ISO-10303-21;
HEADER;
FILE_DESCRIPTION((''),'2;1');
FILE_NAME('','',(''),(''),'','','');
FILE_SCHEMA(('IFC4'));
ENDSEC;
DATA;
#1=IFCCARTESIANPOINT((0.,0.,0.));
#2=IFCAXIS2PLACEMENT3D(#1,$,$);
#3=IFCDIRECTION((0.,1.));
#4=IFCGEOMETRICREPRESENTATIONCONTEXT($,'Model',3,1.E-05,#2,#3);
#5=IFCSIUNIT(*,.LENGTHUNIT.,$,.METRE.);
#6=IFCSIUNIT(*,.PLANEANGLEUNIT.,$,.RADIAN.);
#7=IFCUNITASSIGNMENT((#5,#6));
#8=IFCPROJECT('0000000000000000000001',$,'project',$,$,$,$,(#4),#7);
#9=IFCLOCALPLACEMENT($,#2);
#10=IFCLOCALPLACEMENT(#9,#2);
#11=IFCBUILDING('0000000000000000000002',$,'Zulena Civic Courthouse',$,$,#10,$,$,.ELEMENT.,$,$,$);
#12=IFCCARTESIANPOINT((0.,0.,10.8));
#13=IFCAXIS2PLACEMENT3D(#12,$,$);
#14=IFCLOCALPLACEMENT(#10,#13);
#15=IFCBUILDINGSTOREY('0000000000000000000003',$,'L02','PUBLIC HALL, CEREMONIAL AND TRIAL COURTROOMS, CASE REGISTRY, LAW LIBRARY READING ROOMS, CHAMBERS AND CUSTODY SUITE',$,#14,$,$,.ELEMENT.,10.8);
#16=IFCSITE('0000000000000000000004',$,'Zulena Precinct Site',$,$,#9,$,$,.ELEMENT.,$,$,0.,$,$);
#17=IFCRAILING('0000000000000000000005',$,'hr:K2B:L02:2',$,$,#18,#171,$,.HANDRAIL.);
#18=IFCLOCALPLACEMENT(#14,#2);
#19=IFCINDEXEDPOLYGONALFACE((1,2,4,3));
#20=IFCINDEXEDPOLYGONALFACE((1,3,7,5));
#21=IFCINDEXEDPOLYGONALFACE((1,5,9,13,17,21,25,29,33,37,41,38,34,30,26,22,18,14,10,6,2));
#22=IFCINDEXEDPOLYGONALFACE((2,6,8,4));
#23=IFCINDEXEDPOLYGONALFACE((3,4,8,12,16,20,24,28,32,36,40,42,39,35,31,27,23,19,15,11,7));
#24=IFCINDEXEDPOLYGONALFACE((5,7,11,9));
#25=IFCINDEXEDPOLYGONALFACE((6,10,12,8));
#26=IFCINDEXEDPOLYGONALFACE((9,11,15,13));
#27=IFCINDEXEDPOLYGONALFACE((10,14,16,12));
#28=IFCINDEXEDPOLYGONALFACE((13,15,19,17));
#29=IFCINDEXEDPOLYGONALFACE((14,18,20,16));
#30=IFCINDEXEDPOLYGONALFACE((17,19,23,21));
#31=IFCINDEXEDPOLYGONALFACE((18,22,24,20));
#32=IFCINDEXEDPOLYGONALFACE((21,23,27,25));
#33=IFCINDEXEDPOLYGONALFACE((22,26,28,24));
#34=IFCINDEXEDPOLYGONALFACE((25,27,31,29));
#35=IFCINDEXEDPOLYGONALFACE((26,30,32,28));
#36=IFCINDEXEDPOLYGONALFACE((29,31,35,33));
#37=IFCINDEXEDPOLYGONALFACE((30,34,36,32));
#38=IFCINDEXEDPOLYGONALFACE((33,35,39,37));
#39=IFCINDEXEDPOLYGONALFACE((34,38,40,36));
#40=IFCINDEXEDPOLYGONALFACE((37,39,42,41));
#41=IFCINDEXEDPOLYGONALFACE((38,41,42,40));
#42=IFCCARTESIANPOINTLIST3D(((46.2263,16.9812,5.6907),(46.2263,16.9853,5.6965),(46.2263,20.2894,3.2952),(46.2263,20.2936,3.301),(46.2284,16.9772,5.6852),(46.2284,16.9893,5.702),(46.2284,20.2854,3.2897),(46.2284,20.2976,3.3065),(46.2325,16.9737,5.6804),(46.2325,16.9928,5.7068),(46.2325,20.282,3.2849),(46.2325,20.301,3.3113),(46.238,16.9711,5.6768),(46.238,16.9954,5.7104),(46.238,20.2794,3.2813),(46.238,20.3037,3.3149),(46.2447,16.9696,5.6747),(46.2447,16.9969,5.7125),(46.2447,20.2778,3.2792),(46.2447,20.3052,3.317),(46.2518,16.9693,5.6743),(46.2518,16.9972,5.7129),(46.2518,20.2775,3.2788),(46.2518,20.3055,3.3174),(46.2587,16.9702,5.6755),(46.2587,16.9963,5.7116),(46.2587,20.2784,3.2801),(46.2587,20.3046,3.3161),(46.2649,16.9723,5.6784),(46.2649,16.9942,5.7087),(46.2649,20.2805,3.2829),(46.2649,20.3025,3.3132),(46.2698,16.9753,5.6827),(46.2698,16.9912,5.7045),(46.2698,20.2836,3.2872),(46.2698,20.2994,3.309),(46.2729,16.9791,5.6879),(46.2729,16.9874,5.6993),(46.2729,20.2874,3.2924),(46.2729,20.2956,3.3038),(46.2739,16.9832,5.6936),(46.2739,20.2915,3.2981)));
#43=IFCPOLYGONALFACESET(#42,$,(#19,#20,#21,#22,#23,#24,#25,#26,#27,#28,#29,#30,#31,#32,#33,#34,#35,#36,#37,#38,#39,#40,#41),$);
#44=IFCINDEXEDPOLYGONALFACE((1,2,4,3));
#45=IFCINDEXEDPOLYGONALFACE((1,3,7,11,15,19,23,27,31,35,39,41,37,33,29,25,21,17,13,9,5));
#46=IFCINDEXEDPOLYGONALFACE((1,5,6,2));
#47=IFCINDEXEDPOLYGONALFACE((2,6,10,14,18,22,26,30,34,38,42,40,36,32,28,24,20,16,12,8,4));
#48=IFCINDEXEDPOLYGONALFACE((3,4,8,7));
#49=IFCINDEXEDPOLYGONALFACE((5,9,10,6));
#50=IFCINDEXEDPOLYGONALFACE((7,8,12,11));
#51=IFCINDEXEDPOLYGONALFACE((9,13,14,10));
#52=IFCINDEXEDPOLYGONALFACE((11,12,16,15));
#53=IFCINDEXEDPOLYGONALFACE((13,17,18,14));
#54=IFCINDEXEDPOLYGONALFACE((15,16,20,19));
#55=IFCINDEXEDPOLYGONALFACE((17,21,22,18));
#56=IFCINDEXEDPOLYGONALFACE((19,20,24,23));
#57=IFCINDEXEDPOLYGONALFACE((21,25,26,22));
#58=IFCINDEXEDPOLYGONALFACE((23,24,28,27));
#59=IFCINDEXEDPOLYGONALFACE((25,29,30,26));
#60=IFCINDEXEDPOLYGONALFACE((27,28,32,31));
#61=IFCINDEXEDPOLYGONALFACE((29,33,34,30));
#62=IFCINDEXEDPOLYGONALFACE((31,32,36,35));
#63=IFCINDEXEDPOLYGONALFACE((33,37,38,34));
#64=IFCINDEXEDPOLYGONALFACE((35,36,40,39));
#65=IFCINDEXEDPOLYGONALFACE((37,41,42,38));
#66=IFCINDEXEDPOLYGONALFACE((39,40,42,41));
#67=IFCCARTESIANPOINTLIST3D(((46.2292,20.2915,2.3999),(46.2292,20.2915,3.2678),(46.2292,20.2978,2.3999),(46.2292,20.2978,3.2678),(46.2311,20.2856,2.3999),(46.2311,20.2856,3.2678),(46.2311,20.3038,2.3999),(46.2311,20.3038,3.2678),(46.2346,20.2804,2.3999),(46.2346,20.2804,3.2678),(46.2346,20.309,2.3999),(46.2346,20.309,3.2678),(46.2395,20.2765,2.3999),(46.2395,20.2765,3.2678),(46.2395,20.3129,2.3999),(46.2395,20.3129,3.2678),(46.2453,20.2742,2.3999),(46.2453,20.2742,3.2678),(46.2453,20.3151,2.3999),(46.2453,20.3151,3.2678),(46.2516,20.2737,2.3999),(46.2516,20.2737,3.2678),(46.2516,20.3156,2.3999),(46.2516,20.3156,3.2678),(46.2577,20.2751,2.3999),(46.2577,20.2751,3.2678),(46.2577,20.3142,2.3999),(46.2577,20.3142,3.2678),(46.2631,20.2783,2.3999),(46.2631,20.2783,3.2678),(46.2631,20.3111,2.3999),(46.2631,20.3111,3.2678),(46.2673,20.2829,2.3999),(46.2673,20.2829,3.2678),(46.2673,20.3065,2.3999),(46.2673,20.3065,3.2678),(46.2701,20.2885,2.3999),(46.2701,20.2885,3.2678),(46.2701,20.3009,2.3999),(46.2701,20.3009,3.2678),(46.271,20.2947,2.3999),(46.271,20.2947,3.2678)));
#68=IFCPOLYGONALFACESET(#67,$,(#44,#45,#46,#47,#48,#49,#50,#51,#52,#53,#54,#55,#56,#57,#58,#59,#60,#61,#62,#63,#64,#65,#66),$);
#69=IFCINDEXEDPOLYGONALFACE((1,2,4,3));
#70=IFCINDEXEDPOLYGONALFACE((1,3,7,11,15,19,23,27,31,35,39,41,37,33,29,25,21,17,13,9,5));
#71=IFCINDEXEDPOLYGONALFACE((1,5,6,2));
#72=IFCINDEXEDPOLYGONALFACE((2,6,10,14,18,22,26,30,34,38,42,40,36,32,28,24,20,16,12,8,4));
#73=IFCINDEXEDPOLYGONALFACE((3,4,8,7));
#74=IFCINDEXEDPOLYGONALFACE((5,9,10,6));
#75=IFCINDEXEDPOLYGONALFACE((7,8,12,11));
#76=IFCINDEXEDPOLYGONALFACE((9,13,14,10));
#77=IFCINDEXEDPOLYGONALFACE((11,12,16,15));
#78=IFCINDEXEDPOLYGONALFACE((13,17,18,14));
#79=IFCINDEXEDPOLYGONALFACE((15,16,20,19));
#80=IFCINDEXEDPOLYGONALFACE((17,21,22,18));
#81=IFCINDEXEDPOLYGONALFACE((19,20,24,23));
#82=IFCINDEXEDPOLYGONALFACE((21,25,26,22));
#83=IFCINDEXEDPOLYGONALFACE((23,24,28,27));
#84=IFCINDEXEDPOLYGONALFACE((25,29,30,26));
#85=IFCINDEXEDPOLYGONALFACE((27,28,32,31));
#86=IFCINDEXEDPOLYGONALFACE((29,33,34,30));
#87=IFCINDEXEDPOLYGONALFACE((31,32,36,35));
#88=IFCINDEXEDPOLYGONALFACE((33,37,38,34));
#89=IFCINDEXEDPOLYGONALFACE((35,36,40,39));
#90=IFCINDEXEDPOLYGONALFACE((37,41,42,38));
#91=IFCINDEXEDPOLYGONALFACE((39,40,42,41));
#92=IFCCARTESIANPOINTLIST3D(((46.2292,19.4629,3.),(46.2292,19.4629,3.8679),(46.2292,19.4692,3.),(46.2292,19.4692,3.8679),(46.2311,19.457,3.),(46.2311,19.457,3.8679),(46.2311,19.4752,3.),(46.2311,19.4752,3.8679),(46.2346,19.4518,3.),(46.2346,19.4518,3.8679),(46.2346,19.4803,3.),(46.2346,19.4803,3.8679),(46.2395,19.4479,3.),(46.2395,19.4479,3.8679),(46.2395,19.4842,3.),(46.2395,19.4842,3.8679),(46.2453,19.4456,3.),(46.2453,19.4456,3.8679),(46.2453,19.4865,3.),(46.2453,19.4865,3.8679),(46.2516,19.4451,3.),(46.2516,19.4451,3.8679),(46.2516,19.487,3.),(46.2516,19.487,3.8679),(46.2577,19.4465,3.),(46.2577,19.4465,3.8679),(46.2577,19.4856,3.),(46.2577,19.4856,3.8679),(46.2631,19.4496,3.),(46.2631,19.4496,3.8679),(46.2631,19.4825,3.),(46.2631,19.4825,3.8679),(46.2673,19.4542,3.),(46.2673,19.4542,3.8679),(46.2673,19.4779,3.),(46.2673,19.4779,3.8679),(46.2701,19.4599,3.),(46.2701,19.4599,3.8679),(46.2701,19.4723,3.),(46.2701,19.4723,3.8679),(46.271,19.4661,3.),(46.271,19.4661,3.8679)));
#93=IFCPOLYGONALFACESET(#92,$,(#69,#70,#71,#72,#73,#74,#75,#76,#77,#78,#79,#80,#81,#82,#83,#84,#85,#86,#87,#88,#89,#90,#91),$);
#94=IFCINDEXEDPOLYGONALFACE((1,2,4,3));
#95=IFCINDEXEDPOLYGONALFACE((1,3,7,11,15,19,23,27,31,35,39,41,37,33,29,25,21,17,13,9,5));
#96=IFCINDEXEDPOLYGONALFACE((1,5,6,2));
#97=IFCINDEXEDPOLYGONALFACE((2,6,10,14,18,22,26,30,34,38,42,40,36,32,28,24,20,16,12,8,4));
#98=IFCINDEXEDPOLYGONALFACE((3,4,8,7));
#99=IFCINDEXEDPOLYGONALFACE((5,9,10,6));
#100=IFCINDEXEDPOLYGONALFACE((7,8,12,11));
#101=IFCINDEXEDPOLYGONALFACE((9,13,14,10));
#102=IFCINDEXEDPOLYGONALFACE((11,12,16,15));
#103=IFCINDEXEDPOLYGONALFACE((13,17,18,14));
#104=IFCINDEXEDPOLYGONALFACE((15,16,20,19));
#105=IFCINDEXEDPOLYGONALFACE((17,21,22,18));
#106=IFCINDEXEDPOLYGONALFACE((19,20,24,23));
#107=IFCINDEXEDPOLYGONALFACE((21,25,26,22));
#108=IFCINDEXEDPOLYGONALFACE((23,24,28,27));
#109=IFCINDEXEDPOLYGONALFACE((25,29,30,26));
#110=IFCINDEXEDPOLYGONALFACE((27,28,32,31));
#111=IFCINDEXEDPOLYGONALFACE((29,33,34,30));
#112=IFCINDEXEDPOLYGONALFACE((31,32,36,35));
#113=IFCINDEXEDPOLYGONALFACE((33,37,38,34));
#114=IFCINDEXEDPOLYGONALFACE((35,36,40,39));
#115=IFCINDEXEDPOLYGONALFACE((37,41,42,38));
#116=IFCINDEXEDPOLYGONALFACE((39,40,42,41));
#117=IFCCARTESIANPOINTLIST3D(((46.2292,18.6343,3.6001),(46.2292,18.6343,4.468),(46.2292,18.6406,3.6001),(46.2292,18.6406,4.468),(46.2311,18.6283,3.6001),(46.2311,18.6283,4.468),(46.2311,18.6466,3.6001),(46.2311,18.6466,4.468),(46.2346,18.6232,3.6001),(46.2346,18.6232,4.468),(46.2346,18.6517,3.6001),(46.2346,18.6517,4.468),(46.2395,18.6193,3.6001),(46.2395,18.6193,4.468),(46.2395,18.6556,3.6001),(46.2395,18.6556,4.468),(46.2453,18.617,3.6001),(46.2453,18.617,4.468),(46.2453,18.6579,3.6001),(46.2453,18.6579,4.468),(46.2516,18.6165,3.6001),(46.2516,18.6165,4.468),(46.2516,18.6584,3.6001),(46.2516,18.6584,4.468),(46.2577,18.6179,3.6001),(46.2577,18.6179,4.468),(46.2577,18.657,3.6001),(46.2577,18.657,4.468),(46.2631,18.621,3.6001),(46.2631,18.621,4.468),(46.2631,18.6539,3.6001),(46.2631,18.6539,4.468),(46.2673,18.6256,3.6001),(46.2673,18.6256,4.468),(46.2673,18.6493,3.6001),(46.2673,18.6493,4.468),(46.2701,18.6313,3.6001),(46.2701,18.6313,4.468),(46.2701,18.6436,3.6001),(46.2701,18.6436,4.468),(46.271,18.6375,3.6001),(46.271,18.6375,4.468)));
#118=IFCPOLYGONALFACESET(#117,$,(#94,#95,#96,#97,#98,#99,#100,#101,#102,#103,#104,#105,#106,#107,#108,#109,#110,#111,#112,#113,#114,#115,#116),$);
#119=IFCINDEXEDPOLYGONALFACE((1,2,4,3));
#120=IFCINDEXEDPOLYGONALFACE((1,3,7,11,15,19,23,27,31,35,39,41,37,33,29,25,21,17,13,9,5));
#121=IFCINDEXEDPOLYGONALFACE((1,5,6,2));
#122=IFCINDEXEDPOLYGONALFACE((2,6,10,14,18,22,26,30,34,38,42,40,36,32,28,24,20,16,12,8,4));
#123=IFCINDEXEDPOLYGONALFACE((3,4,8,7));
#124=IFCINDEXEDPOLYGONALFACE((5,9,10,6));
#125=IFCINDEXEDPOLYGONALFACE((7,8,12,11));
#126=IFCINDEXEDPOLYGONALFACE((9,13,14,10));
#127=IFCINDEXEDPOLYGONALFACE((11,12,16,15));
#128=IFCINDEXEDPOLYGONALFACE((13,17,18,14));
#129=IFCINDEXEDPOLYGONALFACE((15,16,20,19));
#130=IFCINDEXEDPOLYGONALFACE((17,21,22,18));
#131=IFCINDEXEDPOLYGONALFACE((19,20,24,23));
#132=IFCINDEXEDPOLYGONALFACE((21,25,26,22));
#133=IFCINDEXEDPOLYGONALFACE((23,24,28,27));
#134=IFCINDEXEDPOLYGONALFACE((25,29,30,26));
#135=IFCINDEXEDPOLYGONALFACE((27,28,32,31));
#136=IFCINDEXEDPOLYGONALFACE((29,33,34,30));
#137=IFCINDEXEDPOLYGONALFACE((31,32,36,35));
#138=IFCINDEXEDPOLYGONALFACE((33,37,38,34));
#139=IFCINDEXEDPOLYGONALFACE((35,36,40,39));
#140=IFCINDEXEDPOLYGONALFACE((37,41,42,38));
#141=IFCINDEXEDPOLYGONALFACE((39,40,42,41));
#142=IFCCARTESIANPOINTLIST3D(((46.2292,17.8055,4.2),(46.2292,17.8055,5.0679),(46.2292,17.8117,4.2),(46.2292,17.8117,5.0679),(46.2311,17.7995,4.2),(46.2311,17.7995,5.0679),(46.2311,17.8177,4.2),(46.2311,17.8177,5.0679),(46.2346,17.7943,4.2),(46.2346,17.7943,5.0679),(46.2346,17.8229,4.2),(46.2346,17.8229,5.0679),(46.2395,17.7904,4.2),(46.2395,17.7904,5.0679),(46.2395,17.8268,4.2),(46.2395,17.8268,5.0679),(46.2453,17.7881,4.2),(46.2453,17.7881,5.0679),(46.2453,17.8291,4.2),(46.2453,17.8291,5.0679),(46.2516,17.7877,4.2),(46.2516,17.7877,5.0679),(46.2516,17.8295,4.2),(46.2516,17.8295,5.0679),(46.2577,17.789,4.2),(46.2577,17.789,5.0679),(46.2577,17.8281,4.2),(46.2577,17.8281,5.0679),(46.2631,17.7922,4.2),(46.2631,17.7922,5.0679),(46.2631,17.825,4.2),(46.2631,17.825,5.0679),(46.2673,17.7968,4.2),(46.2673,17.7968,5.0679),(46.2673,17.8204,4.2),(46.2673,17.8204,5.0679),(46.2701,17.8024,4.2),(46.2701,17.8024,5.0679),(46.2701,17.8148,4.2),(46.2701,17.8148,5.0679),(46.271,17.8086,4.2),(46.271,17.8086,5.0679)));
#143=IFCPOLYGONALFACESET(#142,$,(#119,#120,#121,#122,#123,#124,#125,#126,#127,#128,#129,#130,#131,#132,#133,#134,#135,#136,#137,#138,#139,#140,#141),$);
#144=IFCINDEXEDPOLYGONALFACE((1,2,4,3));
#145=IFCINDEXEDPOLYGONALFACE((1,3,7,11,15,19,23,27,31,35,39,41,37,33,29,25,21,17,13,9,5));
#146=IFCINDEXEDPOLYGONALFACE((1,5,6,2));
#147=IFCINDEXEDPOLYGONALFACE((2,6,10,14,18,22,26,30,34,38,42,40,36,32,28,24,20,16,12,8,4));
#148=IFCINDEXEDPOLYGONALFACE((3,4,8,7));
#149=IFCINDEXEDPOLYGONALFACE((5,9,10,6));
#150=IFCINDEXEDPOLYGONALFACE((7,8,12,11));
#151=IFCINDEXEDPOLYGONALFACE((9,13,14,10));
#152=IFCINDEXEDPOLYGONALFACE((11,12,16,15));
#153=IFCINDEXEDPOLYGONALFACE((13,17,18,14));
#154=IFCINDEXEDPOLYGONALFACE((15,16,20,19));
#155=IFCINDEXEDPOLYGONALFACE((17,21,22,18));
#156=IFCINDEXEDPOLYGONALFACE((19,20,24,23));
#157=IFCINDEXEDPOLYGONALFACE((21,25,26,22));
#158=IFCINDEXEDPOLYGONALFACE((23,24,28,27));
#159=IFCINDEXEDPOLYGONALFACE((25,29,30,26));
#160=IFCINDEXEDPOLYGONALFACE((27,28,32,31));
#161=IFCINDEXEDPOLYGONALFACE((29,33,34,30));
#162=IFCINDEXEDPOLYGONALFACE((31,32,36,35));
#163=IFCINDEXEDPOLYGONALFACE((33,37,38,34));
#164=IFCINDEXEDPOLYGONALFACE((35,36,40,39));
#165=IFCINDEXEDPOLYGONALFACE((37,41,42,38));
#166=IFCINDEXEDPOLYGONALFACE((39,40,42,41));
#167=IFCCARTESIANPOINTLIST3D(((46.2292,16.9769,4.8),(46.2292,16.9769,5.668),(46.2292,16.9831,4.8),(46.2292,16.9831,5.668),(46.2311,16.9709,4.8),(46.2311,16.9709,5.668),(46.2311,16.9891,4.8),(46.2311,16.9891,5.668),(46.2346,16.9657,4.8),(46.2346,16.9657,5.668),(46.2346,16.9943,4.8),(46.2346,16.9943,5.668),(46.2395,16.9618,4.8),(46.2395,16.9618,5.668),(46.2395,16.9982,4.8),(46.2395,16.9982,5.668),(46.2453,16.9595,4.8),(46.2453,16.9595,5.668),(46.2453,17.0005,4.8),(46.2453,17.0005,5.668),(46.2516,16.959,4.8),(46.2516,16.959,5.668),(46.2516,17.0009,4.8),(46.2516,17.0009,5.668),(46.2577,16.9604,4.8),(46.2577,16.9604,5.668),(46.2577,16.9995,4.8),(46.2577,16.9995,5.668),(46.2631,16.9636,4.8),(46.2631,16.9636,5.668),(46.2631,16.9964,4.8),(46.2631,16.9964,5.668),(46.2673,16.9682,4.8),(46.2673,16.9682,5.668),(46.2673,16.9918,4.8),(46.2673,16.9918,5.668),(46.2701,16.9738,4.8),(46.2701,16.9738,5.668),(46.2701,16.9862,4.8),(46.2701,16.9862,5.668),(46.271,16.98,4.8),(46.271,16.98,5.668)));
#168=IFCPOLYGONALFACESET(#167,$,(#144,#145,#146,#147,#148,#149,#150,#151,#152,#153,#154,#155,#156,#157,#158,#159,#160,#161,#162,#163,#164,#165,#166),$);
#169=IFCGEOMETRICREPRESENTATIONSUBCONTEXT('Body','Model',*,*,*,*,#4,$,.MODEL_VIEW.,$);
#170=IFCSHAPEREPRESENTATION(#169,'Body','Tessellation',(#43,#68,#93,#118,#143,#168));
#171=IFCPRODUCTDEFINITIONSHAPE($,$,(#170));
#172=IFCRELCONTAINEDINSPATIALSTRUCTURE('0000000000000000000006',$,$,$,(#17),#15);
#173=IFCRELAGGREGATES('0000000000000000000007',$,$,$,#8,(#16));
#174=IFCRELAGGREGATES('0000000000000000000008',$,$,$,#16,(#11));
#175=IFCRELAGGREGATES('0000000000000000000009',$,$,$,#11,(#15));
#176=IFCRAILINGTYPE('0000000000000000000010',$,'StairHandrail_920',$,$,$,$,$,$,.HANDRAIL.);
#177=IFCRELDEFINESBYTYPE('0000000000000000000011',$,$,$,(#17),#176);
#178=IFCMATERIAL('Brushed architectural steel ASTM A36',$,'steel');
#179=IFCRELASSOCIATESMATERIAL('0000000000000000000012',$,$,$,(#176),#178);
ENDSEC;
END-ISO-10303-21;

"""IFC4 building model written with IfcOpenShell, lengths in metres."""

from ifc_helpers import new_model, si_unit, direction, frame, origin, origin_2d, place, context, subcontext, project, spatial, circle, extrude, material, type_object, element, save


model = new_model("IFC4")

# Units and contexts
model_context = context("Model", 3, precision=1e-05, world=origin(), true_north=direction((0.0, 1.0)))
body_context = subcontext(model_context, "Body", "Model", "MODEL_VIEW")
ifc_project = project(units=[si_unit("LENGTHUNIT", "METRE"), si_unit("PLANEANGLEUNIT", "RADIAN")], contexts=[model_context])

# Site, building, storey
site_placement = place(None, origin())
site = spatial("IfcSite", under=ifc_project, at=site_placement, Name="Zulena Precinct Site", CompositionType="ELEMENT", RefElevation=0.0)
building_placement = place(site_placement, origin())
building = spatial("IfcBuilding", under=site, at=building_placement, Name="Zulena Civic Courthouse", CompositionType="ELEMENT")
storey_placement = place(building_placement, frame((0.0, 0.0, 10.8)))
storey = spatial("IfcBuildingStorey", under=building, at=storey_placement, Name="L02", Description="PUBLIC HALL, CEREMONIAL AND TRIAL COURTROOMS, CASE REGISTRY, LAW LIBRARY READING ROOMS, CHAMBERS AND CUSTODY SUITE", CompositionType="ELEMENT", Elevation=10.8)

# Railing
ifc_material_1 = material(Name="Brushed architectural steel ASTM A36", Category="steel")
railing_type_1 = type_object("IfcRailingType", Name="StairHandrail_920", PredefinedType="HANDRAIL", material=ifc_material_1)
railing_1_placement = place(storey_placement, frame((46.25, 20.2947, 2.3999)))
element("IfcRailing", 1, at=railing_1_placement, inside=storey, type_object=railing_type_1, Name="hr:K2B:L02:2", PredefinedType="HANDRAIL", context=body_context, shape_type="SweptSolid", body=[
    extrude(circle(Radius=0.0239, at=origin_2d()), frame((0.0, -0.0032, 0.8982), z_axis=(0.0, -0.80996, 0.586486), x_axis=(1.0, 0.0, 0.0)), (0.0, 0.0, 1.0), 4.0845),
    extrude(circle(Radius=0.021, at=origin_2d()), origin(), (0.0, 0.0, 1.0), 0.8679),
    extrude(circle(Radius=0.021, at=origin_2d()), frame((0.0, -0.8286, 0.6001)), (0.0, 0.0, 1.0), 0.8679),
    extrude(circle(Radius=0.021, at=origin_2d()), frame((0.0, -1.6572, 1.2002)), (0.0, 0.0, 1.0), 0.8679),
    extrude(circle(Radius=0.021, at=origin_2d()), frame((0.0, -2.4861, 1.8)), (0.0, 0.0, 1.0), 0.8679),
    extrude(circle(Radius=0.021, at=origin_2d()), frame((0.0, -3.3147, 2.4001)), (0.0, 0.0, 1.0), 0.8679),
])

save(model, "model.ifc")
